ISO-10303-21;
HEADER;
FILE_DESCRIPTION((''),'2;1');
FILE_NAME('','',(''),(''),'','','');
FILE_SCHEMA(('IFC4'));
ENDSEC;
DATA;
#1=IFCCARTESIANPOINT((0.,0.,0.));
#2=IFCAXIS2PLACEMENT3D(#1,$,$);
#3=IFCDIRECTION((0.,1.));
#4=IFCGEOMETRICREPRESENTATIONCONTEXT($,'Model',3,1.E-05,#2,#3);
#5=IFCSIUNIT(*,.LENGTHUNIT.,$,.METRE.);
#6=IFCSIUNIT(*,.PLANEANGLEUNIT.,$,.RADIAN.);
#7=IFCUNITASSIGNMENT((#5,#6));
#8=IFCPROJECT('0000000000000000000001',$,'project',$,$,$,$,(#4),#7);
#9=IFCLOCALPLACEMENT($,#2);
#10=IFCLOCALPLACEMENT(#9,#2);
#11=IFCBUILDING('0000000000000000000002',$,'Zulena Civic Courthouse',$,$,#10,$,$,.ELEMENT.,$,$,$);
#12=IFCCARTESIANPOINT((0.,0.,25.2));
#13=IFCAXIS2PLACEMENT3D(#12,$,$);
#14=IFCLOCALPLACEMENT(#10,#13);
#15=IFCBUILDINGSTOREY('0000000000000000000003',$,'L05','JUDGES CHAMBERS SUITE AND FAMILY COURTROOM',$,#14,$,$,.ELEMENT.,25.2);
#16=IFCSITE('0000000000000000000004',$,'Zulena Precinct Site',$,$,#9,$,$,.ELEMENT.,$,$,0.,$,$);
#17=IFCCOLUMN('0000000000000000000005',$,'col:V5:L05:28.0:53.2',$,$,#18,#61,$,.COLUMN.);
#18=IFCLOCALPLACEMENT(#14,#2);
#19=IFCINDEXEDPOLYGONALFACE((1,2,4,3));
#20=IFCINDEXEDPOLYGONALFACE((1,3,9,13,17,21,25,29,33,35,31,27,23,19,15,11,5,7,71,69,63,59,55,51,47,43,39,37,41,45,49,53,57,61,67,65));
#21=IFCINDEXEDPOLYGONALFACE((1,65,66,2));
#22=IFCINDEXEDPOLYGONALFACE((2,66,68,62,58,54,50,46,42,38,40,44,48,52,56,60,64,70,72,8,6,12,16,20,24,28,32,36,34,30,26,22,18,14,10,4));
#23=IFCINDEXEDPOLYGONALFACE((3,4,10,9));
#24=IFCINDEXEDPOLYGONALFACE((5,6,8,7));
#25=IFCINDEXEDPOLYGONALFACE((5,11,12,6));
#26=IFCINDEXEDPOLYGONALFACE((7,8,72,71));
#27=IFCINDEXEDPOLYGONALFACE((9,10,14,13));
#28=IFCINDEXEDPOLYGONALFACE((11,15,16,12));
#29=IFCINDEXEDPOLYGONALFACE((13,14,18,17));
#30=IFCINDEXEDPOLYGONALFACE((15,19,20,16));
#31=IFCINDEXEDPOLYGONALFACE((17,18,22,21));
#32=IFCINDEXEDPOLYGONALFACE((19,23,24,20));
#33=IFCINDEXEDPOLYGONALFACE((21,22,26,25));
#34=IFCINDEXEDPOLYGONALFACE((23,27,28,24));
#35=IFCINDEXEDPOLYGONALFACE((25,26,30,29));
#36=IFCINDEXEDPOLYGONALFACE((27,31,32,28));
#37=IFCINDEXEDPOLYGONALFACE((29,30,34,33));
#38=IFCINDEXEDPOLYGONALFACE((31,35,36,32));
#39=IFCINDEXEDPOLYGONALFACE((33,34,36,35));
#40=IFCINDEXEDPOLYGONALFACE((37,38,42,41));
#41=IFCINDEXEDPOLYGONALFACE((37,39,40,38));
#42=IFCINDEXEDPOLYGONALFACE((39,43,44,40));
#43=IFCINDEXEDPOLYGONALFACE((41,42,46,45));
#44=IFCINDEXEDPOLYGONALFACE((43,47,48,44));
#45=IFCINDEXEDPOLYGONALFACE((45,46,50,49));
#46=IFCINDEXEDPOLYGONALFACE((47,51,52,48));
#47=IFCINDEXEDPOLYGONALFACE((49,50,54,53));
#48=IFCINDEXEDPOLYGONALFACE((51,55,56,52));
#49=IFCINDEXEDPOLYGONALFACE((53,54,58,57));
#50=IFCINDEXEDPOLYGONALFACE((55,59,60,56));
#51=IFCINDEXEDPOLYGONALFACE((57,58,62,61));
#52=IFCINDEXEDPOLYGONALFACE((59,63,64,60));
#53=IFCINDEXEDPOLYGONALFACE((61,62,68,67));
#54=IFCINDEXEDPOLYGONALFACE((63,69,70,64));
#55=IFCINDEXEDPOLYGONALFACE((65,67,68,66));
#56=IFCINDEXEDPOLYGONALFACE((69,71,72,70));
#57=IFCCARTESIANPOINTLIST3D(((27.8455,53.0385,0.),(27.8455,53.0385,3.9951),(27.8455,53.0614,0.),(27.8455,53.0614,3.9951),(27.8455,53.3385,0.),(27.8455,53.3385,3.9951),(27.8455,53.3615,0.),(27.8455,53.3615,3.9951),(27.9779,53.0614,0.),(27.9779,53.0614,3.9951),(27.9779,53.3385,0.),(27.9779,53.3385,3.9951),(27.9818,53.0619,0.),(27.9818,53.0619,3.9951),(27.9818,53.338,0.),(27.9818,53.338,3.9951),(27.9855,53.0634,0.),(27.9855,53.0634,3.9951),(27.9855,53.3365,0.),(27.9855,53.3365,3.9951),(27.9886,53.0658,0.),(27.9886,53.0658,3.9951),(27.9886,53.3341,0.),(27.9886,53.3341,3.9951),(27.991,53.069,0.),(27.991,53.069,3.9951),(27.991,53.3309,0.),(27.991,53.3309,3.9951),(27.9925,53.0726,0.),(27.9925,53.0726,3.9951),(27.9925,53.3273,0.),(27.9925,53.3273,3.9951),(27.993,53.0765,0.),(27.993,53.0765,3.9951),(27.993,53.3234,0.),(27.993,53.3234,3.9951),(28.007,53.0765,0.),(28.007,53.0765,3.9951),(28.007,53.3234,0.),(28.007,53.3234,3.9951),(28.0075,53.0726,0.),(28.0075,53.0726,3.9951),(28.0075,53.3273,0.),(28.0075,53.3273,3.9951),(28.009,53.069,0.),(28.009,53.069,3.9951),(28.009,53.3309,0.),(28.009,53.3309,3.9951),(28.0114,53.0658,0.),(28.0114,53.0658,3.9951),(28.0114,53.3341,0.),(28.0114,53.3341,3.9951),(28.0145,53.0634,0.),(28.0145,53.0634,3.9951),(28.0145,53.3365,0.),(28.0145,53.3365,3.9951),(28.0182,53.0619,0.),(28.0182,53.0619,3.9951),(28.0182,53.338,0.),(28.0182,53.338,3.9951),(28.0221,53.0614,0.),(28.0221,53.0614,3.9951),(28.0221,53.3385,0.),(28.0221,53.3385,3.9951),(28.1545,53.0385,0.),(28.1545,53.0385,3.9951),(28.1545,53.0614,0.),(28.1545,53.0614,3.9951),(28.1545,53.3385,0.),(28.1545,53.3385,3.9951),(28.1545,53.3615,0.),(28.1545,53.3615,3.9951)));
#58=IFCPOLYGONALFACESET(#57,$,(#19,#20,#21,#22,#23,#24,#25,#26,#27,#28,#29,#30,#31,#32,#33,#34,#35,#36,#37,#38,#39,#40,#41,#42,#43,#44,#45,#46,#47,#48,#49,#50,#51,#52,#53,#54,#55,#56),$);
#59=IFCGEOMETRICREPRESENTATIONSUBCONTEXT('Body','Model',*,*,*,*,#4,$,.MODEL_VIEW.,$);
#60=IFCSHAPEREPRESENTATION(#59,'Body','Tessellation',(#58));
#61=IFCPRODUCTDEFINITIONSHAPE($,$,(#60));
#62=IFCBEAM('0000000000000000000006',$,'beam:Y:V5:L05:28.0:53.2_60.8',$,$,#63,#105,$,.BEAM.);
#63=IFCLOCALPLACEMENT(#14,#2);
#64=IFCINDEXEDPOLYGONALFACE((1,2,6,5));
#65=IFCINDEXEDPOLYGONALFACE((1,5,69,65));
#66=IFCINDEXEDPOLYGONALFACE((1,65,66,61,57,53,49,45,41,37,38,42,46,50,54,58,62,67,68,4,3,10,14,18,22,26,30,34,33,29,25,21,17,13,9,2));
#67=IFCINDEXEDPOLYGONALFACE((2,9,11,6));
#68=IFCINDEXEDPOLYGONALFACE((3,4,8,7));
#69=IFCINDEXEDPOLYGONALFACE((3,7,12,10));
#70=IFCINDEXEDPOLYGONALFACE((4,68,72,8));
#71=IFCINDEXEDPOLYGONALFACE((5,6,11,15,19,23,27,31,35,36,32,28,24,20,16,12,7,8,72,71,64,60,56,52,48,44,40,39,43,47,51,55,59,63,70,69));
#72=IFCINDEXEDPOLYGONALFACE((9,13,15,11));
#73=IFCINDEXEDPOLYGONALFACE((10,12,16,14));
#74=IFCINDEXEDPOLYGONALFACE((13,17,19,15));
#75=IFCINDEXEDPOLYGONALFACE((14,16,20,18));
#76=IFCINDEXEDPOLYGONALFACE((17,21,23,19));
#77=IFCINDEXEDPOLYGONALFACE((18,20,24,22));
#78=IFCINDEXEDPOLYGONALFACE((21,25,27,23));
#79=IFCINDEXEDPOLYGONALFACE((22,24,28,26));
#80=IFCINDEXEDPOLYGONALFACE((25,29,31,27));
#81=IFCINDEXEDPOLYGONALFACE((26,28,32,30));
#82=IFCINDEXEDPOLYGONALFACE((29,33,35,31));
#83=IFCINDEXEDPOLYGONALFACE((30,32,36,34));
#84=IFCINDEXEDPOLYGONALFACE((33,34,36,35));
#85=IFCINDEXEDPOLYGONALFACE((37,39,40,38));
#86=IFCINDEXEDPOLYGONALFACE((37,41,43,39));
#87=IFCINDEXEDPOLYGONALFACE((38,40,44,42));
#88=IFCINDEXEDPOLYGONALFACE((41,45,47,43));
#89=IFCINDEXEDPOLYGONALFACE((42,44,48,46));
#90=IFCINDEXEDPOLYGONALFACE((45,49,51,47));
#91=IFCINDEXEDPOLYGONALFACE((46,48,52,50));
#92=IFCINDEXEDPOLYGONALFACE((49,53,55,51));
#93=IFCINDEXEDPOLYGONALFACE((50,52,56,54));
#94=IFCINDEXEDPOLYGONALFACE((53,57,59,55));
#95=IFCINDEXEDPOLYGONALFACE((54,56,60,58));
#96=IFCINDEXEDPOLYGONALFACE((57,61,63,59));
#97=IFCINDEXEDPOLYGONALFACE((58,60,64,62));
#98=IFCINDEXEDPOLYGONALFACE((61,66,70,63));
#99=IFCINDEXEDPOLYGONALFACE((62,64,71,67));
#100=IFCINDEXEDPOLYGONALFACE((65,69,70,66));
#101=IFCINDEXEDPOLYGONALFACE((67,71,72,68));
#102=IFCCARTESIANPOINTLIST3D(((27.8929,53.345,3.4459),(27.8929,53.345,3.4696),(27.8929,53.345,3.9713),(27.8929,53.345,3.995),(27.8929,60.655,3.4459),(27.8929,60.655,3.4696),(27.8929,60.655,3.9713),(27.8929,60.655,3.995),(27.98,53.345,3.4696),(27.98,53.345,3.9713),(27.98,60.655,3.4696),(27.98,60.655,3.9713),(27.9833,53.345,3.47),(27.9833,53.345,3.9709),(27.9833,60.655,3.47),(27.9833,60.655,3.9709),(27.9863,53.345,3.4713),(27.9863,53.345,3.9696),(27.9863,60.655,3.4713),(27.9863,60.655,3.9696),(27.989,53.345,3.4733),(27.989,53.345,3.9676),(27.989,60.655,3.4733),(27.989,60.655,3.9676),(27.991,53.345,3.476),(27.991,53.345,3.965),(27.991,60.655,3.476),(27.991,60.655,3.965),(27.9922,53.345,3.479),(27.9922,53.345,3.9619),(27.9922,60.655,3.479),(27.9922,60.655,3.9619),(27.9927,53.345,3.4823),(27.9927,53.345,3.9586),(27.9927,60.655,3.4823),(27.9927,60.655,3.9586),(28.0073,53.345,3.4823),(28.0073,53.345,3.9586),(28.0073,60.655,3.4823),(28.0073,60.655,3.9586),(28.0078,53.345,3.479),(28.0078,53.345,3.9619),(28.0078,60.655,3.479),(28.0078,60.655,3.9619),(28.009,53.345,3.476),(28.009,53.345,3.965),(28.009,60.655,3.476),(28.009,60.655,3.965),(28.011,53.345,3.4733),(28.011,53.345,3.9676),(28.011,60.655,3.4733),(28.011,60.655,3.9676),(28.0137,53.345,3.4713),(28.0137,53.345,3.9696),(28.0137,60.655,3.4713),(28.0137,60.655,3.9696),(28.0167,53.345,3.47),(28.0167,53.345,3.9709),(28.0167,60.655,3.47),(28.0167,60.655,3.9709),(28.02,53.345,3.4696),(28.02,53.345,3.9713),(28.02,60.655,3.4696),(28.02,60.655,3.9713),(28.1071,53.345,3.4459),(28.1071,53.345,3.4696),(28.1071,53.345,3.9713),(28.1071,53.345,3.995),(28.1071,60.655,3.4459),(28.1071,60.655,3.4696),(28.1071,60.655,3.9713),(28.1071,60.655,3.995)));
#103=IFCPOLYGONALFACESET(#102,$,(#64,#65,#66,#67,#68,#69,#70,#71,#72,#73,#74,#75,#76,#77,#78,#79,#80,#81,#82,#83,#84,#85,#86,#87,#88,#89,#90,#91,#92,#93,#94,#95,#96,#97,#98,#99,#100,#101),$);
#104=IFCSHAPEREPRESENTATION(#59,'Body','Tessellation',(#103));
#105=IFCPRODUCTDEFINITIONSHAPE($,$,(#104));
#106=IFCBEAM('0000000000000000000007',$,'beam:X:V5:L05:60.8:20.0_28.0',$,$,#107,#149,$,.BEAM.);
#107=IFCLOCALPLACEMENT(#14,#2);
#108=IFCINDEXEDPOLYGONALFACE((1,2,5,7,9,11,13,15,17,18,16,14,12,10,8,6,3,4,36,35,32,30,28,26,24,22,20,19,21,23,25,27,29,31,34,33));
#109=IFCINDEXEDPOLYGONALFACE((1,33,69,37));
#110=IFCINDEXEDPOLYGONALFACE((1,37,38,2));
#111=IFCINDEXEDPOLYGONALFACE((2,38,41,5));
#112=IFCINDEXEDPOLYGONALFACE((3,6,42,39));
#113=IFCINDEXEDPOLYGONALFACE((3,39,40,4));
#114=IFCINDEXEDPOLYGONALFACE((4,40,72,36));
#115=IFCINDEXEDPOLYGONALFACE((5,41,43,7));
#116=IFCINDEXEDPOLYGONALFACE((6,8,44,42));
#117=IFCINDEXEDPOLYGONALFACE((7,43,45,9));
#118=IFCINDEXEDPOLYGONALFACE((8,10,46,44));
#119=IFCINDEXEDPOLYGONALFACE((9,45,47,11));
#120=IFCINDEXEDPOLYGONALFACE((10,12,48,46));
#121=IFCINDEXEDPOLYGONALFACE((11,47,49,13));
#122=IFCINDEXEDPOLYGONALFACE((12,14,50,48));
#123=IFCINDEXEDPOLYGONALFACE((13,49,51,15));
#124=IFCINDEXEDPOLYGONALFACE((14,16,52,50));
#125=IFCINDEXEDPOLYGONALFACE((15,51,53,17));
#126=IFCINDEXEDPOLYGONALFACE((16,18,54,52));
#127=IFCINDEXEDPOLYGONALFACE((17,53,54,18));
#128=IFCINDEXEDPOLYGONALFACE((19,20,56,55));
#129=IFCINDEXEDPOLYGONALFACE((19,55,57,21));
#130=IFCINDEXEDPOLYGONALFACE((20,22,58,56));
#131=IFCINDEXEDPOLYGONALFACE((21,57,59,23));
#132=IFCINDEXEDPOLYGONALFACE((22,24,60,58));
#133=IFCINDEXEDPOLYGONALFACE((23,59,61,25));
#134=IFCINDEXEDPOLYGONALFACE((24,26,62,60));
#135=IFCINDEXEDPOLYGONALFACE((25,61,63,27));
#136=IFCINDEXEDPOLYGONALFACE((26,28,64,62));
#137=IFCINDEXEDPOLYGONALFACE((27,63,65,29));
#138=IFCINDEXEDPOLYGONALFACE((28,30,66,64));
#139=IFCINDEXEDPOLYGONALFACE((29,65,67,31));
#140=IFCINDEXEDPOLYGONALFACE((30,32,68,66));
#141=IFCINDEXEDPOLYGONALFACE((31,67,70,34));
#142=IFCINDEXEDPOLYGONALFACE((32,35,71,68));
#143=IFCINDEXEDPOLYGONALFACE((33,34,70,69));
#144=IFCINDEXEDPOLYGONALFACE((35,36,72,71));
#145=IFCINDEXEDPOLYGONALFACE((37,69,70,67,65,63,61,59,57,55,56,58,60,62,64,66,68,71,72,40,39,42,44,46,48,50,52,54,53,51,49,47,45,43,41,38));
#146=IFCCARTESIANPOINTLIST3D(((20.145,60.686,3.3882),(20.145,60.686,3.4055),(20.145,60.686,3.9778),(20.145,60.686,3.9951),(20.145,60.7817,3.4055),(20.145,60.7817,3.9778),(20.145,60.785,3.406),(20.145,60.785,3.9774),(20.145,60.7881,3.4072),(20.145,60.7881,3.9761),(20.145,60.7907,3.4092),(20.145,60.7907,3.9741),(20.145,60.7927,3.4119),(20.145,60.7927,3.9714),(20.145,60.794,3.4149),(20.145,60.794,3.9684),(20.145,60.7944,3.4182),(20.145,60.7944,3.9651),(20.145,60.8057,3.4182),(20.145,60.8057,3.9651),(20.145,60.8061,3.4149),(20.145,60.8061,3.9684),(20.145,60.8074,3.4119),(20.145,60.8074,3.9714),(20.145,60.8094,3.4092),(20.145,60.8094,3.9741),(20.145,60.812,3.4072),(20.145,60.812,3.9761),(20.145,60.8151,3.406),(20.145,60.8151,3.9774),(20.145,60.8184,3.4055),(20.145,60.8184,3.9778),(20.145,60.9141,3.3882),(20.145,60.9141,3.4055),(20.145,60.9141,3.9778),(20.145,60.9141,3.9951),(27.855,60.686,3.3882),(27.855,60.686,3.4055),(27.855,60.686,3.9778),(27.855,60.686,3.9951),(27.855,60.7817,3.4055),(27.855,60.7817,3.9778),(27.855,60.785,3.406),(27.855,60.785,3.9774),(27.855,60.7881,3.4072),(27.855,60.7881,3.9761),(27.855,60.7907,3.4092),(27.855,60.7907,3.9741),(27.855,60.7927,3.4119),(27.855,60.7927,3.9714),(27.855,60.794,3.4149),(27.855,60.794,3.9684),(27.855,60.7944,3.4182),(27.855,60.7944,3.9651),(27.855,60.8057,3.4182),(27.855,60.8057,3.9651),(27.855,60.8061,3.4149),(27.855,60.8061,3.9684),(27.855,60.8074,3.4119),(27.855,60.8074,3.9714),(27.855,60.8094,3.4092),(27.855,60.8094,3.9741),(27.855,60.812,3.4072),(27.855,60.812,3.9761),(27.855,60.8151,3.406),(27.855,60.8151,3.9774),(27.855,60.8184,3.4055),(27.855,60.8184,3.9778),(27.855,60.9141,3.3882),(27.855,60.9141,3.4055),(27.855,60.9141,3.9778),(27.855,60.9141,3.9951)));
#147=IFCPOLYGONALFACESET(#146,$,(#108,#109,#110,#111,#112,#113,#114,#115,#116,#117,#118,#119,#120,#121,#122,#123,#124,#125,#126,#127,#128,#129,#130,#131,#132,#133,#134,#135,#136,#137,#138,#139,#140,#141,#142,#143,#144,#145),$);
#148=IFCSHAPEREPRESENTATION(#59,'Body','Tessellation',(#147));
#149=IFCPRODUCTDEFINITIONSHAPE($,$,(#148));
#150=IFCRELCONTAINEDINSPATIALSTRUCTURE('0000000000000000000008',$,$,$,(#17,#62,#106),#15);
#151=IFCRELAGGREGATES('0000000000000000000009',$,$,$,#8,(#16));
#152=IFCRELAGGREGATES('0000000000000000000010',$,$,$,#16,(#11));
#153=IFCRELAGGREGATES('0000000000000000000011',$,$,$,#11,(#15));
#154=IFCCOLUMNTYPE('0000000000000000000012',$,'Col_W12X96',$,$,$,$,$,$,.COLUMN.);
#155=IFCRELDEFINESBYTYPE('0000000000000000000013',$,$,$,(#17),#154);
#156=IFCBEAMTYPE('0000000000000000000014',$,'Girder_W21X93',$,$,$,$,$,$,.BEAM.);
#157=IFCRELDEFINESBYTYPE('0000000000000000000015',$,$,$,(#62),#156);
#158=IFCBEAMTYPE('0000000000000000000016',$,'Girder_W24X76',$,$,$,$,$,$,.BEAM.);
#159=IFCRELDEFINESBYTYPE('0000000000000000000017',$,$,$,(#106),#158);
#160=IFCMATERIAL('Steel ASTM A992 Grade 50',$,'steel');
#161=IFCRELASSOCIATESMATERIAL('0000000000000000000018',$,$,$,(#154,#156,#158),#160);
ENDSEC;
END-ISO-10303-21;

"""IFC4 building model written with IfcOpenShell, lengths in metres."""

from ifc_helpers import new_model, si_unit, direction, frame, origin, origin_2d, place, context, subcontext, project, spatial, i_section, extrude, material, material_profile, profile_set, type_object, element, save


model = new_model("IFC4")

# Units and contexts
model_context = context("Model", 3, precision=1e-05, world=origin(), true_north=direction((0.0, 1.0)))
body_context = subcontext(model_context, "Body", "Model", "MODEL_VIEW")
ifc_project = project(units=[si_unit("LENGTHUNIT", "METRE"), si_unit("PLANEANGLEUNIT", "RADIAN")], contexts=[model_context])

# Site, building, storey
site_placement = place(None, origin())
site = spatial("IfcSite", under=ifc_project, at=site_placement, Name="Zulena Precinct Site", CompositionType="ELEMENT", RefElevation=0.0)
building_placement = place(site_placement, origin())
building = spatial("IfcBuilding", under=site, at=building_placement, Name="Zulena Civic Courthouse", CompositionType="ELEMENT")
storey_placement = place(building_placement, frame((0.0, 0.0, 25.2)))
storey = spatial("IfcBuildingStorey", under=building, at=storey_placement, Name="L05", Description="JUDGES CHAMBERS SUITE AND FAMILY COURTROOM", CompositionType="ELEMENT", Elevation=25.2)

# Column
ifc_material_1 = material(Name="Steel ASTM A992 Grade 50", Category="steel")
ifc_material_profile_1 = material_profile(ifc_material_1, i_section(OverallWidth=0.3091, OverallDepth=0.323, WebThickness=0.0139, FlangeThickness=0.0229, FilletRadius=0.0151, at=origin_2d()), Name="W12X96")
ifc_profile_set_1 = profile_set([ifc_material_profile_1], Name="Steel ASTM A992 Grade 50")
column_type_1 = type_object("IfcColumnType", Name="Col_W12X96", PredefinedType="COLUMN", material=ifc_profile_set_1)
column_placement = place(storey_placement, frame((28.0, 53.2, 0.0), z_axis=(0.0, 0.0, 1.0), x_axis=(1.0, 0.0, 0.0)))
element("IfcColumn", 1, at=column_placement, inside=storey, type_object=column_type_1, Name="col:V5:L05:28.0:53.2", PredefinedType="COLUMN", context=body_context, shape_type="SweptSolid", body=[
    extrude(i_section(OverallWidth=0.3091, OverallDepth=0.323, WebThickness=0.0139, FlangeThickness=0.0229, FilletRadius=0.0151, at=origin_2d()), origin(), (0.0, 0.0, 1.0), 3.9951),
])

# Beams
ifc_material_profile_2 = material_profile(ifc_material_1, i_section(OverallWidth=0.2141, OverallDepth=0.5491, WebThickness=0.0146, FlangeThickness=0.0237, FilletRadius=0.0127, at=origin_2d()), Name="W21X93")
ifc_profile_set_2 = profile_set([ifc_material_profile_2], Name="Steel ASTM A992 Grade 50")
beam_type_1 = type_object("IfcBeamType", Name="Girder_W21X93", PredefinedType="BEAM", material=ifc_profile_set_2)
beam_1_placement = place(storey_placement, frame((28.0, 53.345, 3.7205), z_axis=(0.0, 1.0, 0.0), x_axis=(-1.0, 0.0, 0.0)))
element("IfcBeam", 2, at=beam_1_placement, inside=storey, type_object=beam_type_1, Name="beam:Y:V5:L05:28.0:53.2_60.8", PredefinedType="BEAM", context=body_context, shape_type="SweptSolid", body=[
    extrude(i_section(OverallWidth=0.2141, OverallDepth=0.5491, WebThickness=0.0146, FlangeThickness=0.0237, FilletRadius=0.0127, at=origin_2d()), origin(), (0.0, 0.0, 1.0), 7.3101),
])
ifc_material_profile_3 = material_profile(ifc_material_1, i_section(OverallWidth=0.228, OverallDepth=0.6069, WebThickness=0.0112, FlangeThickness=0.0173, FilletRadius=0.0127, at=origin_2d()), Name="W24X76")
ifc_profile_set_3 = profile_set([ifc_material_profile_3], Name="Steel ASTM A992 Grade 50")
beam_type_2 = type_object("IfcBeamType", Name="Girder_W24X76", PredefinedType="BEAM", material=ifc_profile_set_3)
beam_2_placement = place(storey_placement, frame((20.145, 60.8, 3.6917), z_axis=(1.0, 0.0, 0.0), x_axis=(0.0, 1.0, 0.0)))
element("IfcBeam", 3, at=beam_2_placement, inside=storey, type_object=beam_type_2, Name="beam:X:V5:L05:60.8:20.0_28.0", PredefinedType="BEAM", context=body_context, shape_type="SweptSolid", body=[
    extrude(i_section(OverallWidth=0.228, OverallDepth=0.6069, WebThickness=0.0112, FlangeThickness=0.0173, FilletRadius=0.0127, at=origin_2d()), origin(), (0.0, 0.0, 1.0), 7.71),
])

save(model, "model.ifc")
